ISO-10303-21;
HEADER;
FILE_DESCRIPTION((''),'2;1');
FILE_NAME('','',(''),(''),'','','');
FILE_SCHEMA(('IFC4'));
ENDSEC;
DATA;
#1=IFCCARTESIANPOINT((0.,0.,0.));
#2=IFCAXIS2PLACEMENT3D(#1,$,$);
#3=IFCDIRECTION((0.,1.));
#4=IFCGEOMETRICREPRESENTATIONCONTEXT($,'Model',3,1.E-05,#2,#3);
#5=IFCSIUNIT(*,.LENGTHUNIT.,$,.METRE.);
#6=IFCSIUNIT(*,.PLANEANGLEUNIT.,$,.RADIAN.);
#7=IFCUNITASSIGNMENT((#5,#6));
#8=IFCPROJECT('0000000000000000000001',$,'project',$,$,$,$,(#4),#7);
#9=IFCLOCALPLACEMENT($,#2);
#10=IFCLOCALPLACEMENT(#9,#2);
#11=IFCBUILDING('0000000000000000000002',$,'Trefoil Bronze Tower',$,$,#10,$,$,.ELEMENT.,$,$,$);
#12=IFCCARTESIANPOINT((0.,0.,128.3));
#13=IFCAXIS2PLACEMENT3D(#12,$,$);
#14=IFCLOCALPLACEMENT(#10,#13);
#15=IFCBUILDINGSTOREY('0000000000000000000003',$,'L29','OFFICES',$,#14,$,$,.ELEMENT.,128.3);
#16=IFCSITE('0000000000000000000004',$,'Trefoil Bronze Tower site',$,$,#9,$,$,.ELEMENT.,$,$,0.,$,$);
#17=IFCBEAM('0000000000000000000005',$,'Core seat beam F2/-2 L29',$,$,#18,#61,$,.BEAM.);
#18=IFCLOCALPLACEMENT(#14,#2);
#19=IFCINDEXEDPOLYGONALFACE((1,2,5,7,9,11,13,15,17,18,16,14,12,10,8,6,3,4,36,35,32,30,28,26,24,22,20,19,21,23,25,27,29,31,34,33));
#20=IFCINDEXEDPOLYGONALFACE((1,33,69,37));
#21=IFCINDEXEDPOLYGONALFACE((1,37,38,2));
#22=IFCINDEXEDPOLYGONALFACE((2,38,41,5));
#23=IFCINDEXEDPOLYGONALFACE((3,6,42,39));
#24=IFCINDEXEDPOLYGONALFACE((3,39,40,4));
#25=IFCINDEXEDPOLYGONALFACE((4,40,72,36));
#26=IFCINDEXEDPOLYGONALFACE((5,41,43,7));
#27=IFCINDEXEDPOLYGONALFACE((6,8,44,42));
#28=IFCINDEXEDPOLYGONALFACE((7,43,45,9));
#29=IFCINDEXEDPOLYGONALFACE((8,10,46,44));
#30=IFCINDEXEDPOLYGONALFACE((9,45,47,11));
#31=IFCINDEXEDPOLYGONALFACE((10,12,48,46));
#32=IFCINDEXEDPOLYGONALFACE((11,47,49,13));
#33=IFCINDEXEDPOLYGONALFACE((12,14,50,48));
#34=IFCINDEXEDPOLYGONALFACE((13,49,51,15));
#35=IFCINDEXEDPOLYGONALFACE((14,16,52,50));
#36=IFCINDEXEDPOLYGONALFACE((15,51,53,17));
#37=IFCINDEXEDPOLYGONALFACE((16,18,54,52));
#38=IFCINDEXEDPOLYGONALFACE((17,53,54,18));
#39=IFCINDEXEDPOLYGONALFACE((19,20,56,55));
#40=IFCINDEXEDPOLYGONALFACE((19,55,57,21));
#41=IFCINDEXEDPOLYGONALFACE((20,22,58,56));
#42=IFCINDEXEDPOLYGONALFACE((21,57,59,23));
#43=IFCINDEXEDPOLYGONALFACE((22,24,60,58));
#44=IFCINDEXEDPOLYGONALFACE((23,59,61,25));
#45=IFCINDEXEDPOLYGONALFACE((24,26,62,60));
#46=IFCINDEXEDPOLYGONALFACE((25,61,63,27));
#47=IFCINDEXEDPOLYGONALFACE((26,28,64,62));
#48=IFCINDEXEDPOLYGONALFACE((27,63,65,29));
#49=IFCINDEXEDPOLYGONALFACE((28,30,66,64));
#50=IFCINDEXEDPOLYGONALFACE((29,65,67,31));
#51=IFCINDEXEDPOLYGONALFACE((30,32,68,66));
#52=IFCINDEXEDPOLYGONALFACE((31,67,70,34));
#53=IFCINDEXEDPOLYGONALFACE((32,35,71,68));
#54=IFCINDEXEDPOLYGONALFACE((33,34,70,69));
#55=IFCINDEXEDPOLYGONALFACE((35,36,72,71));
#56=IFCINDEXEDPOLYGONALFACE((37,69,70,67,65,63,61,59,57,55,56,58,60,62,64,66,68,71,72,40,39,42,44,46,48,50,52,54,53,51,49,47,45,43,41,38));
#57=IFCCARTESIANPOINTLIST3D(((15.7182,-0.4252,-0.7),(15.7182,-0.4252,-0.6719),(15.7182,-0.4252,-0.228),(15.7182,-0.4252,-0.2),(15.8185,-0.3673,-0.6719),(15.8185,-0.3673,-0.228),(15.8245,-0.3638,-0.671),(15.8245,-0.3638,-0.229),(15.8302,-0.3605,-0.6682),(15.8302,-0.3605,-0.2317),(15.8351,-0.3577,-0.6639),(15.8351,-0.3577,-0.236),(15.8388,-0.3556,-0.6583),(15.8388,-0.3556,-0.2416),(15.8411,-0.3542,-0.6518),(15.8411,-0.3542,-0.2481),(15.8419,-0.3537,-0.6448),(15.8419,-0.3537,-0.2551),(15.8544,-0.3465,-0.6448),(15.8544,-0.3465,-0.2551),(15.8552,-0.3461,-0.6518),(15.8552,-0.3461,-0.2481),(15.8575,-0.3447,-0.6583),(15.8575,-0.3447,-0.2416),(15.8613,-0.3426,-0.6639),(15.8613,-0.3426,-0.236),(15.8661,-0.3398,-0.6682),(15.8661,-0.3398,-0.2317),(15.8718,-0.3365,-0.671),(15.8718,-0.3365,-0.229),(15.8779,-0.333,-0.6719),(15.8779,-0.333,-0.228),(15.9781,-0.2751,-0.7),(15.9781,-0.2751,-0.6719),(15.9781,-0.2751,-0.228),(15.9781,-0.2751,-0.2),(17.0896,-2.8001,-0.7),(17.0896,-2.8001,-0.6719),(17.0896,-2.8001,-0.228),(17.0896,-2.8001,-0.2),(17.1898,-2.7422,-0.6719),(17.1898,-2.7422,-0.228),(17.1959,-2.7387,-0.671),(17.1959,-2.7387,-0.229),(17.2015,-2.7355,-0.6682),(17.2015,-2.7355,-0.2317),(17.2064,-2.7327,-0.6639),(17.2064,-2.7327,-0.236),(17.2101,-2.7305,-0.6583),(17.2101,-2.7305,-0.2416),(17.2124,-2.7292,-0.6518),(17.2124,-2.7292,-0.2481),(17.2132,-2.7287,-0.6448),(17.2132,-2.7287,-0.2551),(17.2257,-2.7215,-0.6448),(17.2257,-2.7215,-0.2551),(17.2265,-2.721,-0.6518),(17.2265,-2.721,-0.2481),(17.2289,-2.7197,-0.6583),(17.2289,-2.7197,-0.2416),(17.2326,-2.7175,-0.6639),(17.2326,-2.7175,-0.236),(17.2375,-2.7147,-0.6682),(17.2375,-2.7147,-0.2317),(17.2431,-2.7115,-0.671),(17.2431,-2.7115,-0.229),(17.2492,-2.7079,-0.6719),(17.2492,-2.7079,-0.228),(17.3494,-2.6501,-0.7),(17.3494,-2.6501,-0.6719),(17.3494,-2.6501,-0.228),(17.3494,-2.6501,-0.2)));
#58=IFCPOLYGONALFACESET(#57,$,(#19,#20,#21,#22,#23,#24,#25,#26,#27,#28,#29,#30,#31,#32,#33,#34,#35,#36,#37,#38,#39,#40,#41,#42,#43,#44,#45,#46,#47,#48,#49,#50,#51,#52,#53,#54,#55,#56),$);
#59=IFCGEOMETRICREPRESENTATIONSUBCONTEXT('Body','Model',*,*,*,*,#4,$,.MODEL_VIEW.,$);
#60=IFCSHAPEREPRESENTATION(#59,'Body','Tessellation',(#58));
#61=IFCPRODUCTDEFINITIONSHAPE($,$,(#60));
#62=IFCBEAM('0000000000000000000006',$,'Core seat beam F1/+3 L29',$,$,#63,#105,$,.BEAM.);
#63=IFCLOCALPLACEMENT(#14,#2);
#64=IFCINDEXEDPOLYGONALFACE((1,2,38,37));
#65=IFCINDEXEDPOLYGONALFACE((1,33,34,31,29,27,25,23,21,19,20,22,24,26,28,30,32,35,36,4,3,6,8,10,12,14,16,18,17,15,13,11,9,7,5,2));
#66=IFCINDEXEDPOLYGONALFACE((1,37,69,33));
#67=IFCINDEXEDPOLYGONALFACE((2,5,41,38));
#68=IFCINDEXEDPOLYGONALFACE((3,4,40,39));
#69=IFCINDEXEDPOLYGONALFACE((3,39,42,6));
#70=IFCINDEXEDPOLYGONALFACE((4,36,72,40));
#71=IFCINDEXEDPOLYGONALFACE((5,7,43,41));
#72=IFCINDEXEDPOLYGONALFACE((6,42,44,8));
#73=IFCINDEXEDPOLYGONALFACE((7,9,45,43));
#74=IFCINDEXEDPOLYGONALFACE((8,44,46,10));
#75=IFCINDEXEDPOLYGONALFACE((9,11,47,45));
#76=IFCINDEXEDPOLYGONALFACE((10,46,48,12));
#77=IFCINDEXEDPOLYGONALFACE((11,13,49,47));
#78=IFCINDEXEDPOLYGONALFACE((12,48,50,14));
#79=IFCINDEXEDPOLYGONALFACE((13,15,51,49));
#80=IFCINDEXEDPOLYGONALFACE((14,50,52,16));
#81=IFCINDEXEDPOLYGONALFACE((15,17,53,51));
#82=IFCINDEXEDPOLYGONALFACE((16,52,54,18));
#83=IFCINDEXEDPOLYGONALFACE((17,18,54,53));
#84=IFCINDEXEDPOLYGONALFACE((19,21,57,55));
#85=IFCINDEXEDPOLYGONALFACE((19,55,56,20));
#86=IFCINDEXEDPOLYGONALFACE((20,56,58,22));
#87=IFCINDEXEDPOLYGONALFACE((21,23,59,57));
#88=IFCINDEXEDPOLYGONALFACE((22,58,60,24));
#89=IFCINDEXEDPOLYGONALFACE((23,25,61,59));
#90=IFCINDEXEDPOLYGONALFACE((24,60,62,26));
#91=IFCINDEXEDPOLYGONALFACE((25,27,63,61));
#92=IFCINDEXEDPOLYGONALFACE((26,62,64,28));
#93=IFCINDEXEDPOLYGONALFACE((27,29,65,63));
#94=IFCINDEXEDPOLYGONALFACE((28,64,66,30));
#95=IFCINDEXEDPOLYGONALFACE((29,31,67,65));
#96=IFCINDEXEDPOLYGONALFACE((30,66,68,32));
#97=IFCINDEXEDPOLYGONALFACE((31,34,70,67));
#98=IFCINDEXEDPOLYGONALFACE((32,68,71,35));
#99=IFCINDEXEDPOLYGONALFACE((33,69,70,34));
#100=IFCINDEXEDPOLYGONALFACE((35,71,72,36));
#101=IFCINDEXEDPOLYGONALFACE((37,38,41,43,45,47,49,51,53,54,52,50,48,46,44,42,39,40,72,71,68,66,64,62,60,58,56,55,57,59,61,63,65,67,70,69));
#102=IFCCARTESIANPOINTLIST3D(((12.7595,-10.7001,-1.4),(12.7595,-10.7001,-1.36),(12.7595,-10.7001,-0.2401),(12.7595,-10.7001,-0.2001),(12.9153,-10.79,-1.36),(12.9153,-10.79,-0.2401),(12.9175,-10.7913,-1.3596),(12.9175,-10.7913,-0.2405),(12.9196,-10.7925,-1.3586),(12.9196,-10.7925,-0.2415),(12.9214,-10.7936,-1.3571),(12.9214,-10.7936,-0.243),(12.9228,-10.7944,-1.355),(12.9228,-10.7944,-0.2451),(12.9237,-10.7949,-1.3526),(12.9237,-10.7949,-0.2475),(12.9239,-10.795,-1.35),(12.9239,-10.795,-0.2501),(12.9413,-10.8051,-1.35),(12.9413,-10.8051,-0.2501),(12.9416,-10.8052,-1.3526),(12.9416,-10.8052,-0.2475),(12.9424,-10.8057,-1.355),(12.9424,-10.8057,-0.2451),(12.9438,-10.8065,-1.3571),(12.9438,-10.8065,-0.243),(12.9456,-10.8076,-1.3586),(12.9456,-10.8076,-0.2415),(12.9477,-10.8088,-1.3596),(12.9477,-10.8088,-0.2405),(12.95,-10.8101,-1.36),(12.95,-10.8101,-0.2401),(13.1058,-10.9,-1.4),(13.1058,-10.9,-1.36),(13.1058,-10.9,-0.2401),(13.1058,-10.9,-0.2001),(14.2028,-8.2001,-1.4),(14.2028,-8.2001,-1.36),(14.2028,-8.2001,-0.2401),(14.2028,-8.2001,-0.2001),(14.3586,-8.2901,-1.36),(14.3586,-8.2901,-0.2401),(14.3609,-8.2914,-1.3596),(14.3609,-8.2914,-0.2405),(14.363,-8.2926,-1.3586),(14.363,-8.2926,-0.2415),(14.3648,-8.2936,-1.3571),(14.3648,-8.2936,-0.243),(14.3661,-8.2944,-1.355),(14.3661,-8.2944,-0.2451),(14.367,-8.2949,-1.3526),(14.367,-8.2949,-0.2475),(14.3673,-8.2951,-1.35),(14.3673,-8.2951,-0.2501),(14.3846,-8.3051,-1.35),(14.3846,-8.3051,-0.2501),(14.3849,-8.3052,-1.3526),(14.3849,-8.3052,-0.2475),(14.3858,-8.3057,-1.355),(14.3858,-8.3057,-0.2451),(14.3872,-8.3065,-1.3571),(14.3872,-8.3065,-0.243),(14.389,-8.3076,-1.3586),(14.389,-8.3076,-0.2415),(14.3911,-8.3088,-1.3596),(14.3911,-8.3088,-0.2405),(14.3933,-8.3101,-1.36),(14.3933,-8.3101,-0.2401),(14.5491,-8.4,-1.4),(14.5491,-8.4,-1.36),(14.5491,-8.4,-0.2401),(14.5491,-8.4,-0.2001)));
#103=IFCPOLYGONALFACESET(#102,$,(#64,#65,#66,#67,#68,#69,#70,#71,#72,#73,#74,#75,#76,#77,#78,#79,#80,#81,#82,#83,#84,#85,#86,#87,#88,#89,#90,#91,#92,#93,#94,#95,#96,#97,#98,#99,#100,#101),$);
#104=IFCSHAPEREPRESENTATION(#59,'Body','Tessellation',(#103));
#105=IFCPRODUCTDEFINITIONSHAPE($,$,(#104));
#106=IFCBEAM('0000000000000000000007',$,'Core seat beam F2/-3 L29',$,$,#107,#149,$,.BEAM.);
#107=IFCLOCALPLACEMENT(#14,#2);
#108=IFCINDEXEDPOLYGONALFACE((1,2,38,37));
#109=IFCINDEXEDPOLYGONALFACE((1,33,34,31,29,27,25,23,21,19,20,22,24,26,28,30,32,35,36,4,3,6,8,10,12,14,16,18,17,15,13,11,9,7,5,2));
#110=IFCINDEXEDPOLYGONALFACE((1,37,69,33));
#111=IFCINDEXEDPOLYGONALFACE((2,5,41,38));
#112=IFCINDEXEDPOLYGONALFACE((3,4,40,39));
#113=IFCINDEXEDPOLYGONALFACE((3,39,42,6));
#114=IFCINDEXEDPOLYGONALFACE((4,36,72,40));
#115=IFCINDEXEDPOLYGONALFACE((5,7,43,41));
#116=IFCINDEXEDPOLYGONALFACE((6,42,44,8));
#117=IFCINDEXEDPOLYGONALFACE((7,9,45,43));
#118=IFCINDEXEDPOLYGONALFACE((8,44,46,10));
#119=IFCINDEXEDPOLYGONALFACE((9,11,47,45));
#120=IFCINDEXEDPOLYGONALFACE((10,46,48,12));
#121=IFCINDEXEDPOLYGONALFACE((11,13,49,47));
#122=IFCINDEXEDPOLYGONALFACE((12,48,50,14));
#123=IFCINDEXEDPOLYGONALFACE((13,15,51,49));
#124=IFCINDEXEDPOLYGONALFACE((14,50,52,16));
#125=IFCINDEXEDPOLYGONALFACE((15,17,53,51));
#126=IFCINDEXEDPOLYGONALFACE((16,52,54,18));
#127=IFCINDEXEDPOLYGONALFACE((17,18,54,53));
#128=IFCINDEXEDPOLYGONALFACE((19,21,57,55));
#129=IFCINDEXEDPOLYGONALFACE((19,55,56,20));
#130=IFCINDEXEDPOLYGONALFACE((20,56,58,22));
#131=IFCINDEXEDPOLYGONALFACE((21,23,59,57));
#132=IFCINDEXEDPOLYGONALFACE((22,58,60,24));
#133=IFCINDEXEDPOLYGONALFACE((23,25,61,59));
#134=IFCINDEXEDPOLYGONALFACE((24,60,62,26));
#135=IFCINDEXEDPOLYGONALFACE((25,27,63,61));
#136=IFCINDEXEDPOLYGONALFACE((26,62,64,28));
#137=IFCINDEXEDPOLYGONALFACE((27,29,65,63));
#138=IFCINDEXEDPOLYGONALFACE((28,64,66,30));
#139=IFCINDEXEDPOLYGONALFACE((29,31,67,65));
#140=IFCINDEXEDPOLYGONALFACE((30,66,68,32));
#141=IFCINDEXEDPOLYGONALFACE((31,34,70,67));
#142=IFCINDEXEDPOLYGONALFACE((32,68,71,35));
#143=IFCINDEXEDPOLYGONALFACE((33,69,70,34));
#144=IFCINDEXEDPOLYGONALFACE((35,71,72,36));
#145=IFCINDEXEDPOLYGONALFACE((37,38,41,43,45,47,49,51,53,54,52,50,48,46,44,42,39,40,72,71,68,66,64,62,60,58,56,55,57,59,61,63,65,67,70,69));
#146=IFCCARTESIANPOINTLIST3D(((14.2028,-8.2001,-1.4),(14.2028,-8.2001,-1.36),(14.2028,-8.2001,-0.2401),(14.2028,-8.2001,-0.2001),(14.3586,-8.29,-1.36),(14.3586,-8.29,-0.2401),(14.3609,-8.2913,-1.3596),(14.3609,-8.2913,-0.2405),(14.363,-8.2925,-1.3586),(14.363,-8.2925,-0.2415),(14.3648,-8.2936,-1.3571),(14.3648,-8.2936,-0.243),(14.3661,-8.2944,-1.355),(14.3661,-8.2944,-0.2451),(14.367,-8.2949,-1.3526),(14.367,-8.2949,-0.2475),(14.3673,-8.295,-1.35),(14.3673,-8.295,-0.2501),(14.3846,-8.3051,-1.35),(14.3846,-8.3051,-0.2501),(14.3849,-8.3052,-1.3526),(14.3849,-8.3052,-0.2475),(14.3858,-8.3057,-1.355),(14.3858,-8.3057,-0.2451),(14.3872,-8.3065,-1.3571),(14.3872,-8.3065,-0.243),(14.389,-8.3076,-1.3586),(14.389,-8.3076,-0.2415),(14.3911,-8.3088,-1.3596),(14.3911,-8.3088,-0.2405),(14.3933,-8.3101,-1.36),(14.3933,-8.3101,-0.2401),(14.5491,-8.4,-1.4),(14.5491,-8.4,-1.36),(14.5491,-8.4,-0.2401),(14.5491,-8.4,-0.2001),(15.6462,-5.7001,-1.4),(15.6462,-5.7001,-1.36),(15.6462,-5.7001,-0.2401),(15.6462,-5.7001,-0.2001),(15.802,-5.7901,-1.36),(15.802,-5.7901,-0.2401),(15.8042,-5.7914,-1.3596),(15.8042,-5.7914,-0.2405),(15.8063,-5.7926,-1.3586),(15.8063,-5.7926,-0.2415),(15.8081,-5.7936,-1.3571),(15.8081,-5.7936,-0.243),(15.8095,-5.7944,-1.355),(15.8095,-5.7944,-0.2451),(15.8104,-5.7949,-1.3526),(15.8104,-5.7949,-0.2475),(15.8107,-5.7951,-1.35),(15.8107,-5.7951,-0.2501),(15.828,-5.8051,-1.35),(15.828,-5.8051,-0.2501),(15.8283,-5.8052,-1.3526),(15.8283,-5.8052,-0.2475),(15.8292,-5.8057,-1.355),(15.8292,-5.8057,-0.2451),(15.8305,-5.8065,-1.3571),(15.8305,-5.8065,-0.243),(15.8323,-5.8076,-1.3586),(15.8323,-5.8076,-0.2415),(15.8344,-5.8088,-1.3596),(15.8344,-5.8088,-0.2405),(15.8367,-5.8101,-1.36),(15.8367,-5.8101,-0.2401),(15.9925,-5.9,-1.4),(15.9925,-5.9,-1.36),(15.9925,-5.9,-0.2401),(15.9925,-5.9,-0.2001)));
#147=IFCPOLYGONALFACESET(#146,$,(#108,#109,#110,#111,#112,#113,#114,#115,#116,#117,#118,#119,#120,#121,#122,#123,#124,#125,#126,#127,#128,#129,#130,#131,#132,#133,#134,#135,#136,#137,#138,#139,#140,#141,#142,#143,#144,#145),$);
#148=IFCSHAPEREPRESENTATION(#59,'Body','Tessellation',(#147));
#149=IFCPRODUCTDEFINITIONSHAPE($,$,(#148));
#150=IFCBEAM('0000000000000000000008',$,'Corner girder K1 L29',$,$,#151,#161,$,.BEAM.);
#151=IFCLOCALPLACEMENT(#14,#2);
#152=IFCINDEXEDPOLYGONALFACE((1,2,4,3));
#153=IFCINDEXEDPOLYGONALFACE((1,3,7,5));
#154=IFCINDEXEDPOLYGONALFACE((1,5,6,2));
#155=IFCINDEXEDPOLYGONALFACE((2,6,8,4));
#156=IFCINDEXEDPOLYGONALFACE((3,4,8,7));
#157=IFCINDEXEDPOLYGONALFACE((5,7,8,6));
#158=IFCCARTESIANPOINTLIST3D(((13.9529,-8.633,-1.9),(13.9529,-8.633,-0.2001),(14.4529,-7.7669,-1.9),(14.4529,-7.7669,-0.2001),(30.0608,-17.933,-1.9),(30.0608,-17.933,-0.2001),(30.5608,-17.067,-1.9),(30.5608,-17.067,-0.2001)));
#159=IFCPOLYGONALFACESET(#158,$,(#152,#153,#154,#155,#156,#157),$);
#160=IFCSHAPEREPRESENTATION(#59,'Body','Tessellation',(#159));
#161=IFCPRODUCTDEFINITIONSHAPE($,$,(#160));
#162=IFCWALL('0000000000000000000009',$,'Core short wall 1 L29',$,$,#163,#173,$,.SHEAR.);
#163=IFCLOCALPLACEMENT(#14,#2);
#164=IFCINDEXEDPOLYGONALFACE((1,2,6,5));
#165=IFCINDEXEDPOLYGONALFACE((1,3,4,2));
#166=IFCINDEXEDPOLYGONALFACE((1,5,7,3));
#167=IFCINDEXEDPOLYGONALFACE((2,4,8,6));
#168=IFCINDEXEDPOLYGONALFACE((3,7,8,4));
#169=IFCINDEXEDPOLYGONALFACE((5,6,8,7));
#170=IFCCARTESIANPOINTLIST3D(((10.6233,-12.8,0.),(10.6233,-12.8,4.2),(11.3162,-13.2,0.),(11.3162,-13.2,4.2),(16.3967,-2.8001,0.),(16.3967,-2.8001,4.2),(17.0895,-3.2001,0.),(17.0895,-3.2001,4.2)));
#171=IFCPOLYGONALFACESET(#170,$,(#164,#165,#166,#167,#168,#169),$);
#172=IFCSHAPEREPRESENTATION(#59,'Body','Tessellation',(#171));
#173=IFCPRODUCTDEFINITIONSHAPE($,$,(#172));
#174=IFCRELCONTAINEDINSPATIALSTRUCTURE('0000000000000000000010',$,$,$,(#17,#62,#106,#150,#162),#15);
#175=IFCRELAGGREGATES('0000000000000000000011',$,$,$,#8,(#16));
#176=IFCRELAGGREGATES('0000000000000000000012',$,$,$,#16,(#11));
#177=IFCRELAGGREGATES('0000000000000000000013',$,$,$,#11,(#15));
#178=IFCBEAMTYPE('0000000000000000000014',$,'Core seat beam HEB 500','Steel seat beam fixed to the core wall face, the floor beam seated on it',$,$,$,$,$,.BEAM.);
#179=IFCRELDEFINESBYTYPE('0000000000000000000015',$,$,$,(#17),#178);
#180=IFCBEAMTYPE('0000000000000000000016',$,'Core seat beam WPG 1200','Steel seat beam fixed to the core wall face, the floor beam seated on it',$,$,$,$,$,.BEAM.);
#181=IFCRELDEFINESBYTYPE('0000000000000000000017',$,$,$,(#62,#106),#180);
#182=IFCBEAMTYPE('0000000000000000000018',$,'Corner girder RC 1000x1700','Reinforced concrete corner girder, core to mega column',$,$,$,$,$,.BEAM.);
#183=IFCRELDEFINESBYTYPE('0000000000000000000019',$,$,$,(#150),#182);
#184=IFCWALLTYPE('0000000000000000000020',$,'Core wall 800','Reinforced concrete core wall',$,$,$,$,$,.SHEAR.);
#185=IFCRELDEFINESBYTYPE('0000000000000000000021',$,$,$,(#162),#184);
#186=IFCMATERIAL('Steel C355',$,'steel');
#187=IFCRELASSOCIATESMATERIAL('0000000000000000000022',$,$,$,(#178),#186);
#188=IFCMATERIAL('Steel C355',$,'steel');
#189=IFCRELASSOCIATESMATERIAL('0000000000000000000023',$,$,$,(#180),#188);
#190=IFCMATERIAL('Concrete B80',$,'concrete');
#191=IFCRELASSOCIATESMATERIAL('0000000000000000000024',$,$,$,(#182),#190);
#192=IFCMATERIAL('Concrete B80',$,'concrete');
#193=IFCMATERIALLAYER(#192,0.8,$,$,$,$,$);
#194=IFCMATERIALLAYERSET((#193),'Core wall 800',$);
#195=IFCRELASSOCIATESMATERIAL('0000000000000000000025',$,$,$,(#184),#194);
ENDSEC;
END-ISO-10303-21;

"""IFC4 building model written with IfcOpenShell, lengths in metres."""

from ifc_helpers import new_model, si_unit, direction, frame, frame_2d, origin, origin_2d, place, context, subcontext, project, spatial, rectangle, i_section, extrude, material, layer, layer_set, material_profile, profile_set, type_object, element, save


model = new_model("IFC4")

# Units and contexts
model_context = context("Model", 3, precision=1e-05, world=origin(), true_north=direction((0.0, 1.0)))
body_context = subcontext(model_context, "Body", "Model", "MODEL_VIEW")
ifc_project = project(units=[si_unit("LENGTHUNIT", "METRE"), si_unit("PLANEANGLEUNIT", "RADIAN")], contexts=[model_context])

# Site, building, storey
site_placement = place(None, origin())
site = spatial("IfcSite", under=ifc_project, at=site_placement, Name="Trefoil Bronze Tower site", CompositionType="ELEMENT", RefElevation=0.0)
building_placement = place(site_placement, origin())
building = spatial("IfcBuilding", under=site, at=building_placement, Name="Trefoil Bronze Tower", CompositionType="ELEMENT")
storey_placement = place(building_placement, frame((0.0, 0.0, 128.3)))
storey = spatial("IfcBuildingStorey", under=building, at=storey_placement, Name="L29", Description="OFFICES", CompositionType="ELEMENT", Elevation=128.3)

# Beams
ifc_material_1 = material(Name="Steel C355", Category="steel")
ifc_material_profile_1 = material_profile(ifc_material_1, i_section(OverallWidth=0.3, OverallDepth=0.5, WebThickness=0.0144, FlangeThickness=0.0281, FilletRadius=0.0271, at=origin_2d()), Name="HEB 500")
ifc_profile_set_1 = profile_set([ifc_material_profile_1], Name="Steel C355")
beam_type_1 = type_object("IfcBeamType", Name="Core seat beam HEB 500", Description="Steel seat beam fixed to the core wall face, the floor beam seated on it", PredefinedType="BEAM", material=ifc_profile_set_1)
beam_1_placement = place(storey_placement, frame((17.2195, -2.7251, -0.45), z_axis=(-0.500036, 0.866005, 0.0), x_axis=(-0.866005, -0.500036, 0.0)))
element("IfcBeam", 1, at=beam_1_placement, inside=storey, type_object=beam_type_1, Name="Core seat beam F2/-2 L29", PredefinedType="BEAM", context=body_context, shape_type="SweptSolid", body=[
    extrude(i_section(OverallWidth=0.3, OverallDepth=0.5, WebThickness=0.0144, FlangeThickness=0.0281, FilletRadius=0.0271, at=origin_2d()), origin(), (0.0, 0.0, 1.0), 2.7424),
])
ifc_material_2 = material(Name="Steel C355", Category="steel")
ifc_material_profile_2 = material_profile(ifc_material_2, i_section(OverallWidth=0.3999, OverallDepth=1.2, WebThickness=0.02, FlangeThickness=0.04, FilletRadius=0.01, at=origin_2d()), Name="WPG 1200")
ifc_profile_set_2 = profile_set([ifc_material_profile_2], Name="Steel C355")
beam_type_2 = type_object("IfcBeamType", Name="Core seat beam WPG 1200", Description="Steel seat beam fixed to the core wall face, the floor beam seated on it", PredefinedType="BEAM", material=ifc_profile_set_2)
for number, where, z_axis, x_axis, name in (
    (2, (12.9326, -10.8, -0.8), (0.499996, 0.866028, 0.0), (-0.866028, 0.499996, 0.0), "Core seat beam F1/+3 L29"),
    (3, (14.376, -8.3, -0.8), (0.499996, 0.866028, 0.0), (-0.866028, 0.499996, 0.0), "Core seat beam F2/-3 L29"),
):
    element("IfcBeam", number, at=place(storey_placement, frame(where, z_axis=z_axis, x_axis=x_axis)), inside=storey, type_object=beam_type_2, Name=name, PredefinedType="BEAM", context=body_context, shape_type="SweptSolid", body=[
        extrude(i_section(OverallWidth=0.3999, OverallDepth=1.2, WebThickness=0.02, FlangeThickness=0.04, FilletRadius=0.01, at=origin_2d()), origin(), (0.0, 0.0, 1.0), 2.8867),
    ])
ifc_material_3 = material(Name="Concrete B80", Category="concrete")
ifc_material_profile_3 = material_profile(ifc_material_3, rectangle(XDim=1.0, YDim=1.7, at=origin_2d()), Name="RC 1000x1700")
ifc_profile_set_3 = profile_set([ifc_material_profile_3], Name="Concrete B80")
beam_type_3 = type_object("IfcBeamType", Name="Corner girder RC 1000x1700", Description="Reinforced concrete corner girder, core to mega column", PredefinedType="BEAM", material=ifc_profile_set_3)
beam_2_placement = place(storey_placement, frame((14.2029, -8.2, -1.05), z_axis=(0.866022, -0.500006, 0.0), x_axis=(0.500006, 0.866022, 0.0)))
element("IfcBeam", 4, at=beam_2_placement, inside=storey, type_object=beam_type_3, Name="Corner girder K1 L29", PredefinedType="BEAM", context=body_context, shape_type="SweptSolid", body=[
    extrude(rectangle(XDim=1.0, YDim=1.7, at=origin_2d()), origin(), (0.0, 0.0, 1.0), 18.5999),
])

# Wall
ifc_material_4 = material(Name="Concrete B80", Category="concrete")
ifc_layer_1 = layer(ifc_material_4, 0.8)
ifc_layer_set_1 = layer_set([ifc_layer_1], Name="Core wall 800")
wall_type_1 = type_object("IfcWallType", Name="Core wall 800", Description="Reinforced concrete core wall", PredefinedType="SHEAR", material=ifc_layer_set_1)
wall_1_placement = place(storey_placement, frame((10.9697, -13.0, 0.0), z_axis=(0.0, 0.0, 1.0), x_axis=(0.499996, 0.866028, 0.0)))
element("IfcWall", 5, at=wall_1_placement, inside=storey, type_object=wall_type_1, Name="Core short wall 1 L29", PredefinedType="SHEAR", context=body_context, shape_type="SweptSolid", body=[
    extrude(rectangle(XDim=11.5469, YDim=0.8, at=frame_2d((5.7734, 0.0))), origin(), (0.0, 0.0, 1.0), 4.2),
])

save(model, "model.ifc")
